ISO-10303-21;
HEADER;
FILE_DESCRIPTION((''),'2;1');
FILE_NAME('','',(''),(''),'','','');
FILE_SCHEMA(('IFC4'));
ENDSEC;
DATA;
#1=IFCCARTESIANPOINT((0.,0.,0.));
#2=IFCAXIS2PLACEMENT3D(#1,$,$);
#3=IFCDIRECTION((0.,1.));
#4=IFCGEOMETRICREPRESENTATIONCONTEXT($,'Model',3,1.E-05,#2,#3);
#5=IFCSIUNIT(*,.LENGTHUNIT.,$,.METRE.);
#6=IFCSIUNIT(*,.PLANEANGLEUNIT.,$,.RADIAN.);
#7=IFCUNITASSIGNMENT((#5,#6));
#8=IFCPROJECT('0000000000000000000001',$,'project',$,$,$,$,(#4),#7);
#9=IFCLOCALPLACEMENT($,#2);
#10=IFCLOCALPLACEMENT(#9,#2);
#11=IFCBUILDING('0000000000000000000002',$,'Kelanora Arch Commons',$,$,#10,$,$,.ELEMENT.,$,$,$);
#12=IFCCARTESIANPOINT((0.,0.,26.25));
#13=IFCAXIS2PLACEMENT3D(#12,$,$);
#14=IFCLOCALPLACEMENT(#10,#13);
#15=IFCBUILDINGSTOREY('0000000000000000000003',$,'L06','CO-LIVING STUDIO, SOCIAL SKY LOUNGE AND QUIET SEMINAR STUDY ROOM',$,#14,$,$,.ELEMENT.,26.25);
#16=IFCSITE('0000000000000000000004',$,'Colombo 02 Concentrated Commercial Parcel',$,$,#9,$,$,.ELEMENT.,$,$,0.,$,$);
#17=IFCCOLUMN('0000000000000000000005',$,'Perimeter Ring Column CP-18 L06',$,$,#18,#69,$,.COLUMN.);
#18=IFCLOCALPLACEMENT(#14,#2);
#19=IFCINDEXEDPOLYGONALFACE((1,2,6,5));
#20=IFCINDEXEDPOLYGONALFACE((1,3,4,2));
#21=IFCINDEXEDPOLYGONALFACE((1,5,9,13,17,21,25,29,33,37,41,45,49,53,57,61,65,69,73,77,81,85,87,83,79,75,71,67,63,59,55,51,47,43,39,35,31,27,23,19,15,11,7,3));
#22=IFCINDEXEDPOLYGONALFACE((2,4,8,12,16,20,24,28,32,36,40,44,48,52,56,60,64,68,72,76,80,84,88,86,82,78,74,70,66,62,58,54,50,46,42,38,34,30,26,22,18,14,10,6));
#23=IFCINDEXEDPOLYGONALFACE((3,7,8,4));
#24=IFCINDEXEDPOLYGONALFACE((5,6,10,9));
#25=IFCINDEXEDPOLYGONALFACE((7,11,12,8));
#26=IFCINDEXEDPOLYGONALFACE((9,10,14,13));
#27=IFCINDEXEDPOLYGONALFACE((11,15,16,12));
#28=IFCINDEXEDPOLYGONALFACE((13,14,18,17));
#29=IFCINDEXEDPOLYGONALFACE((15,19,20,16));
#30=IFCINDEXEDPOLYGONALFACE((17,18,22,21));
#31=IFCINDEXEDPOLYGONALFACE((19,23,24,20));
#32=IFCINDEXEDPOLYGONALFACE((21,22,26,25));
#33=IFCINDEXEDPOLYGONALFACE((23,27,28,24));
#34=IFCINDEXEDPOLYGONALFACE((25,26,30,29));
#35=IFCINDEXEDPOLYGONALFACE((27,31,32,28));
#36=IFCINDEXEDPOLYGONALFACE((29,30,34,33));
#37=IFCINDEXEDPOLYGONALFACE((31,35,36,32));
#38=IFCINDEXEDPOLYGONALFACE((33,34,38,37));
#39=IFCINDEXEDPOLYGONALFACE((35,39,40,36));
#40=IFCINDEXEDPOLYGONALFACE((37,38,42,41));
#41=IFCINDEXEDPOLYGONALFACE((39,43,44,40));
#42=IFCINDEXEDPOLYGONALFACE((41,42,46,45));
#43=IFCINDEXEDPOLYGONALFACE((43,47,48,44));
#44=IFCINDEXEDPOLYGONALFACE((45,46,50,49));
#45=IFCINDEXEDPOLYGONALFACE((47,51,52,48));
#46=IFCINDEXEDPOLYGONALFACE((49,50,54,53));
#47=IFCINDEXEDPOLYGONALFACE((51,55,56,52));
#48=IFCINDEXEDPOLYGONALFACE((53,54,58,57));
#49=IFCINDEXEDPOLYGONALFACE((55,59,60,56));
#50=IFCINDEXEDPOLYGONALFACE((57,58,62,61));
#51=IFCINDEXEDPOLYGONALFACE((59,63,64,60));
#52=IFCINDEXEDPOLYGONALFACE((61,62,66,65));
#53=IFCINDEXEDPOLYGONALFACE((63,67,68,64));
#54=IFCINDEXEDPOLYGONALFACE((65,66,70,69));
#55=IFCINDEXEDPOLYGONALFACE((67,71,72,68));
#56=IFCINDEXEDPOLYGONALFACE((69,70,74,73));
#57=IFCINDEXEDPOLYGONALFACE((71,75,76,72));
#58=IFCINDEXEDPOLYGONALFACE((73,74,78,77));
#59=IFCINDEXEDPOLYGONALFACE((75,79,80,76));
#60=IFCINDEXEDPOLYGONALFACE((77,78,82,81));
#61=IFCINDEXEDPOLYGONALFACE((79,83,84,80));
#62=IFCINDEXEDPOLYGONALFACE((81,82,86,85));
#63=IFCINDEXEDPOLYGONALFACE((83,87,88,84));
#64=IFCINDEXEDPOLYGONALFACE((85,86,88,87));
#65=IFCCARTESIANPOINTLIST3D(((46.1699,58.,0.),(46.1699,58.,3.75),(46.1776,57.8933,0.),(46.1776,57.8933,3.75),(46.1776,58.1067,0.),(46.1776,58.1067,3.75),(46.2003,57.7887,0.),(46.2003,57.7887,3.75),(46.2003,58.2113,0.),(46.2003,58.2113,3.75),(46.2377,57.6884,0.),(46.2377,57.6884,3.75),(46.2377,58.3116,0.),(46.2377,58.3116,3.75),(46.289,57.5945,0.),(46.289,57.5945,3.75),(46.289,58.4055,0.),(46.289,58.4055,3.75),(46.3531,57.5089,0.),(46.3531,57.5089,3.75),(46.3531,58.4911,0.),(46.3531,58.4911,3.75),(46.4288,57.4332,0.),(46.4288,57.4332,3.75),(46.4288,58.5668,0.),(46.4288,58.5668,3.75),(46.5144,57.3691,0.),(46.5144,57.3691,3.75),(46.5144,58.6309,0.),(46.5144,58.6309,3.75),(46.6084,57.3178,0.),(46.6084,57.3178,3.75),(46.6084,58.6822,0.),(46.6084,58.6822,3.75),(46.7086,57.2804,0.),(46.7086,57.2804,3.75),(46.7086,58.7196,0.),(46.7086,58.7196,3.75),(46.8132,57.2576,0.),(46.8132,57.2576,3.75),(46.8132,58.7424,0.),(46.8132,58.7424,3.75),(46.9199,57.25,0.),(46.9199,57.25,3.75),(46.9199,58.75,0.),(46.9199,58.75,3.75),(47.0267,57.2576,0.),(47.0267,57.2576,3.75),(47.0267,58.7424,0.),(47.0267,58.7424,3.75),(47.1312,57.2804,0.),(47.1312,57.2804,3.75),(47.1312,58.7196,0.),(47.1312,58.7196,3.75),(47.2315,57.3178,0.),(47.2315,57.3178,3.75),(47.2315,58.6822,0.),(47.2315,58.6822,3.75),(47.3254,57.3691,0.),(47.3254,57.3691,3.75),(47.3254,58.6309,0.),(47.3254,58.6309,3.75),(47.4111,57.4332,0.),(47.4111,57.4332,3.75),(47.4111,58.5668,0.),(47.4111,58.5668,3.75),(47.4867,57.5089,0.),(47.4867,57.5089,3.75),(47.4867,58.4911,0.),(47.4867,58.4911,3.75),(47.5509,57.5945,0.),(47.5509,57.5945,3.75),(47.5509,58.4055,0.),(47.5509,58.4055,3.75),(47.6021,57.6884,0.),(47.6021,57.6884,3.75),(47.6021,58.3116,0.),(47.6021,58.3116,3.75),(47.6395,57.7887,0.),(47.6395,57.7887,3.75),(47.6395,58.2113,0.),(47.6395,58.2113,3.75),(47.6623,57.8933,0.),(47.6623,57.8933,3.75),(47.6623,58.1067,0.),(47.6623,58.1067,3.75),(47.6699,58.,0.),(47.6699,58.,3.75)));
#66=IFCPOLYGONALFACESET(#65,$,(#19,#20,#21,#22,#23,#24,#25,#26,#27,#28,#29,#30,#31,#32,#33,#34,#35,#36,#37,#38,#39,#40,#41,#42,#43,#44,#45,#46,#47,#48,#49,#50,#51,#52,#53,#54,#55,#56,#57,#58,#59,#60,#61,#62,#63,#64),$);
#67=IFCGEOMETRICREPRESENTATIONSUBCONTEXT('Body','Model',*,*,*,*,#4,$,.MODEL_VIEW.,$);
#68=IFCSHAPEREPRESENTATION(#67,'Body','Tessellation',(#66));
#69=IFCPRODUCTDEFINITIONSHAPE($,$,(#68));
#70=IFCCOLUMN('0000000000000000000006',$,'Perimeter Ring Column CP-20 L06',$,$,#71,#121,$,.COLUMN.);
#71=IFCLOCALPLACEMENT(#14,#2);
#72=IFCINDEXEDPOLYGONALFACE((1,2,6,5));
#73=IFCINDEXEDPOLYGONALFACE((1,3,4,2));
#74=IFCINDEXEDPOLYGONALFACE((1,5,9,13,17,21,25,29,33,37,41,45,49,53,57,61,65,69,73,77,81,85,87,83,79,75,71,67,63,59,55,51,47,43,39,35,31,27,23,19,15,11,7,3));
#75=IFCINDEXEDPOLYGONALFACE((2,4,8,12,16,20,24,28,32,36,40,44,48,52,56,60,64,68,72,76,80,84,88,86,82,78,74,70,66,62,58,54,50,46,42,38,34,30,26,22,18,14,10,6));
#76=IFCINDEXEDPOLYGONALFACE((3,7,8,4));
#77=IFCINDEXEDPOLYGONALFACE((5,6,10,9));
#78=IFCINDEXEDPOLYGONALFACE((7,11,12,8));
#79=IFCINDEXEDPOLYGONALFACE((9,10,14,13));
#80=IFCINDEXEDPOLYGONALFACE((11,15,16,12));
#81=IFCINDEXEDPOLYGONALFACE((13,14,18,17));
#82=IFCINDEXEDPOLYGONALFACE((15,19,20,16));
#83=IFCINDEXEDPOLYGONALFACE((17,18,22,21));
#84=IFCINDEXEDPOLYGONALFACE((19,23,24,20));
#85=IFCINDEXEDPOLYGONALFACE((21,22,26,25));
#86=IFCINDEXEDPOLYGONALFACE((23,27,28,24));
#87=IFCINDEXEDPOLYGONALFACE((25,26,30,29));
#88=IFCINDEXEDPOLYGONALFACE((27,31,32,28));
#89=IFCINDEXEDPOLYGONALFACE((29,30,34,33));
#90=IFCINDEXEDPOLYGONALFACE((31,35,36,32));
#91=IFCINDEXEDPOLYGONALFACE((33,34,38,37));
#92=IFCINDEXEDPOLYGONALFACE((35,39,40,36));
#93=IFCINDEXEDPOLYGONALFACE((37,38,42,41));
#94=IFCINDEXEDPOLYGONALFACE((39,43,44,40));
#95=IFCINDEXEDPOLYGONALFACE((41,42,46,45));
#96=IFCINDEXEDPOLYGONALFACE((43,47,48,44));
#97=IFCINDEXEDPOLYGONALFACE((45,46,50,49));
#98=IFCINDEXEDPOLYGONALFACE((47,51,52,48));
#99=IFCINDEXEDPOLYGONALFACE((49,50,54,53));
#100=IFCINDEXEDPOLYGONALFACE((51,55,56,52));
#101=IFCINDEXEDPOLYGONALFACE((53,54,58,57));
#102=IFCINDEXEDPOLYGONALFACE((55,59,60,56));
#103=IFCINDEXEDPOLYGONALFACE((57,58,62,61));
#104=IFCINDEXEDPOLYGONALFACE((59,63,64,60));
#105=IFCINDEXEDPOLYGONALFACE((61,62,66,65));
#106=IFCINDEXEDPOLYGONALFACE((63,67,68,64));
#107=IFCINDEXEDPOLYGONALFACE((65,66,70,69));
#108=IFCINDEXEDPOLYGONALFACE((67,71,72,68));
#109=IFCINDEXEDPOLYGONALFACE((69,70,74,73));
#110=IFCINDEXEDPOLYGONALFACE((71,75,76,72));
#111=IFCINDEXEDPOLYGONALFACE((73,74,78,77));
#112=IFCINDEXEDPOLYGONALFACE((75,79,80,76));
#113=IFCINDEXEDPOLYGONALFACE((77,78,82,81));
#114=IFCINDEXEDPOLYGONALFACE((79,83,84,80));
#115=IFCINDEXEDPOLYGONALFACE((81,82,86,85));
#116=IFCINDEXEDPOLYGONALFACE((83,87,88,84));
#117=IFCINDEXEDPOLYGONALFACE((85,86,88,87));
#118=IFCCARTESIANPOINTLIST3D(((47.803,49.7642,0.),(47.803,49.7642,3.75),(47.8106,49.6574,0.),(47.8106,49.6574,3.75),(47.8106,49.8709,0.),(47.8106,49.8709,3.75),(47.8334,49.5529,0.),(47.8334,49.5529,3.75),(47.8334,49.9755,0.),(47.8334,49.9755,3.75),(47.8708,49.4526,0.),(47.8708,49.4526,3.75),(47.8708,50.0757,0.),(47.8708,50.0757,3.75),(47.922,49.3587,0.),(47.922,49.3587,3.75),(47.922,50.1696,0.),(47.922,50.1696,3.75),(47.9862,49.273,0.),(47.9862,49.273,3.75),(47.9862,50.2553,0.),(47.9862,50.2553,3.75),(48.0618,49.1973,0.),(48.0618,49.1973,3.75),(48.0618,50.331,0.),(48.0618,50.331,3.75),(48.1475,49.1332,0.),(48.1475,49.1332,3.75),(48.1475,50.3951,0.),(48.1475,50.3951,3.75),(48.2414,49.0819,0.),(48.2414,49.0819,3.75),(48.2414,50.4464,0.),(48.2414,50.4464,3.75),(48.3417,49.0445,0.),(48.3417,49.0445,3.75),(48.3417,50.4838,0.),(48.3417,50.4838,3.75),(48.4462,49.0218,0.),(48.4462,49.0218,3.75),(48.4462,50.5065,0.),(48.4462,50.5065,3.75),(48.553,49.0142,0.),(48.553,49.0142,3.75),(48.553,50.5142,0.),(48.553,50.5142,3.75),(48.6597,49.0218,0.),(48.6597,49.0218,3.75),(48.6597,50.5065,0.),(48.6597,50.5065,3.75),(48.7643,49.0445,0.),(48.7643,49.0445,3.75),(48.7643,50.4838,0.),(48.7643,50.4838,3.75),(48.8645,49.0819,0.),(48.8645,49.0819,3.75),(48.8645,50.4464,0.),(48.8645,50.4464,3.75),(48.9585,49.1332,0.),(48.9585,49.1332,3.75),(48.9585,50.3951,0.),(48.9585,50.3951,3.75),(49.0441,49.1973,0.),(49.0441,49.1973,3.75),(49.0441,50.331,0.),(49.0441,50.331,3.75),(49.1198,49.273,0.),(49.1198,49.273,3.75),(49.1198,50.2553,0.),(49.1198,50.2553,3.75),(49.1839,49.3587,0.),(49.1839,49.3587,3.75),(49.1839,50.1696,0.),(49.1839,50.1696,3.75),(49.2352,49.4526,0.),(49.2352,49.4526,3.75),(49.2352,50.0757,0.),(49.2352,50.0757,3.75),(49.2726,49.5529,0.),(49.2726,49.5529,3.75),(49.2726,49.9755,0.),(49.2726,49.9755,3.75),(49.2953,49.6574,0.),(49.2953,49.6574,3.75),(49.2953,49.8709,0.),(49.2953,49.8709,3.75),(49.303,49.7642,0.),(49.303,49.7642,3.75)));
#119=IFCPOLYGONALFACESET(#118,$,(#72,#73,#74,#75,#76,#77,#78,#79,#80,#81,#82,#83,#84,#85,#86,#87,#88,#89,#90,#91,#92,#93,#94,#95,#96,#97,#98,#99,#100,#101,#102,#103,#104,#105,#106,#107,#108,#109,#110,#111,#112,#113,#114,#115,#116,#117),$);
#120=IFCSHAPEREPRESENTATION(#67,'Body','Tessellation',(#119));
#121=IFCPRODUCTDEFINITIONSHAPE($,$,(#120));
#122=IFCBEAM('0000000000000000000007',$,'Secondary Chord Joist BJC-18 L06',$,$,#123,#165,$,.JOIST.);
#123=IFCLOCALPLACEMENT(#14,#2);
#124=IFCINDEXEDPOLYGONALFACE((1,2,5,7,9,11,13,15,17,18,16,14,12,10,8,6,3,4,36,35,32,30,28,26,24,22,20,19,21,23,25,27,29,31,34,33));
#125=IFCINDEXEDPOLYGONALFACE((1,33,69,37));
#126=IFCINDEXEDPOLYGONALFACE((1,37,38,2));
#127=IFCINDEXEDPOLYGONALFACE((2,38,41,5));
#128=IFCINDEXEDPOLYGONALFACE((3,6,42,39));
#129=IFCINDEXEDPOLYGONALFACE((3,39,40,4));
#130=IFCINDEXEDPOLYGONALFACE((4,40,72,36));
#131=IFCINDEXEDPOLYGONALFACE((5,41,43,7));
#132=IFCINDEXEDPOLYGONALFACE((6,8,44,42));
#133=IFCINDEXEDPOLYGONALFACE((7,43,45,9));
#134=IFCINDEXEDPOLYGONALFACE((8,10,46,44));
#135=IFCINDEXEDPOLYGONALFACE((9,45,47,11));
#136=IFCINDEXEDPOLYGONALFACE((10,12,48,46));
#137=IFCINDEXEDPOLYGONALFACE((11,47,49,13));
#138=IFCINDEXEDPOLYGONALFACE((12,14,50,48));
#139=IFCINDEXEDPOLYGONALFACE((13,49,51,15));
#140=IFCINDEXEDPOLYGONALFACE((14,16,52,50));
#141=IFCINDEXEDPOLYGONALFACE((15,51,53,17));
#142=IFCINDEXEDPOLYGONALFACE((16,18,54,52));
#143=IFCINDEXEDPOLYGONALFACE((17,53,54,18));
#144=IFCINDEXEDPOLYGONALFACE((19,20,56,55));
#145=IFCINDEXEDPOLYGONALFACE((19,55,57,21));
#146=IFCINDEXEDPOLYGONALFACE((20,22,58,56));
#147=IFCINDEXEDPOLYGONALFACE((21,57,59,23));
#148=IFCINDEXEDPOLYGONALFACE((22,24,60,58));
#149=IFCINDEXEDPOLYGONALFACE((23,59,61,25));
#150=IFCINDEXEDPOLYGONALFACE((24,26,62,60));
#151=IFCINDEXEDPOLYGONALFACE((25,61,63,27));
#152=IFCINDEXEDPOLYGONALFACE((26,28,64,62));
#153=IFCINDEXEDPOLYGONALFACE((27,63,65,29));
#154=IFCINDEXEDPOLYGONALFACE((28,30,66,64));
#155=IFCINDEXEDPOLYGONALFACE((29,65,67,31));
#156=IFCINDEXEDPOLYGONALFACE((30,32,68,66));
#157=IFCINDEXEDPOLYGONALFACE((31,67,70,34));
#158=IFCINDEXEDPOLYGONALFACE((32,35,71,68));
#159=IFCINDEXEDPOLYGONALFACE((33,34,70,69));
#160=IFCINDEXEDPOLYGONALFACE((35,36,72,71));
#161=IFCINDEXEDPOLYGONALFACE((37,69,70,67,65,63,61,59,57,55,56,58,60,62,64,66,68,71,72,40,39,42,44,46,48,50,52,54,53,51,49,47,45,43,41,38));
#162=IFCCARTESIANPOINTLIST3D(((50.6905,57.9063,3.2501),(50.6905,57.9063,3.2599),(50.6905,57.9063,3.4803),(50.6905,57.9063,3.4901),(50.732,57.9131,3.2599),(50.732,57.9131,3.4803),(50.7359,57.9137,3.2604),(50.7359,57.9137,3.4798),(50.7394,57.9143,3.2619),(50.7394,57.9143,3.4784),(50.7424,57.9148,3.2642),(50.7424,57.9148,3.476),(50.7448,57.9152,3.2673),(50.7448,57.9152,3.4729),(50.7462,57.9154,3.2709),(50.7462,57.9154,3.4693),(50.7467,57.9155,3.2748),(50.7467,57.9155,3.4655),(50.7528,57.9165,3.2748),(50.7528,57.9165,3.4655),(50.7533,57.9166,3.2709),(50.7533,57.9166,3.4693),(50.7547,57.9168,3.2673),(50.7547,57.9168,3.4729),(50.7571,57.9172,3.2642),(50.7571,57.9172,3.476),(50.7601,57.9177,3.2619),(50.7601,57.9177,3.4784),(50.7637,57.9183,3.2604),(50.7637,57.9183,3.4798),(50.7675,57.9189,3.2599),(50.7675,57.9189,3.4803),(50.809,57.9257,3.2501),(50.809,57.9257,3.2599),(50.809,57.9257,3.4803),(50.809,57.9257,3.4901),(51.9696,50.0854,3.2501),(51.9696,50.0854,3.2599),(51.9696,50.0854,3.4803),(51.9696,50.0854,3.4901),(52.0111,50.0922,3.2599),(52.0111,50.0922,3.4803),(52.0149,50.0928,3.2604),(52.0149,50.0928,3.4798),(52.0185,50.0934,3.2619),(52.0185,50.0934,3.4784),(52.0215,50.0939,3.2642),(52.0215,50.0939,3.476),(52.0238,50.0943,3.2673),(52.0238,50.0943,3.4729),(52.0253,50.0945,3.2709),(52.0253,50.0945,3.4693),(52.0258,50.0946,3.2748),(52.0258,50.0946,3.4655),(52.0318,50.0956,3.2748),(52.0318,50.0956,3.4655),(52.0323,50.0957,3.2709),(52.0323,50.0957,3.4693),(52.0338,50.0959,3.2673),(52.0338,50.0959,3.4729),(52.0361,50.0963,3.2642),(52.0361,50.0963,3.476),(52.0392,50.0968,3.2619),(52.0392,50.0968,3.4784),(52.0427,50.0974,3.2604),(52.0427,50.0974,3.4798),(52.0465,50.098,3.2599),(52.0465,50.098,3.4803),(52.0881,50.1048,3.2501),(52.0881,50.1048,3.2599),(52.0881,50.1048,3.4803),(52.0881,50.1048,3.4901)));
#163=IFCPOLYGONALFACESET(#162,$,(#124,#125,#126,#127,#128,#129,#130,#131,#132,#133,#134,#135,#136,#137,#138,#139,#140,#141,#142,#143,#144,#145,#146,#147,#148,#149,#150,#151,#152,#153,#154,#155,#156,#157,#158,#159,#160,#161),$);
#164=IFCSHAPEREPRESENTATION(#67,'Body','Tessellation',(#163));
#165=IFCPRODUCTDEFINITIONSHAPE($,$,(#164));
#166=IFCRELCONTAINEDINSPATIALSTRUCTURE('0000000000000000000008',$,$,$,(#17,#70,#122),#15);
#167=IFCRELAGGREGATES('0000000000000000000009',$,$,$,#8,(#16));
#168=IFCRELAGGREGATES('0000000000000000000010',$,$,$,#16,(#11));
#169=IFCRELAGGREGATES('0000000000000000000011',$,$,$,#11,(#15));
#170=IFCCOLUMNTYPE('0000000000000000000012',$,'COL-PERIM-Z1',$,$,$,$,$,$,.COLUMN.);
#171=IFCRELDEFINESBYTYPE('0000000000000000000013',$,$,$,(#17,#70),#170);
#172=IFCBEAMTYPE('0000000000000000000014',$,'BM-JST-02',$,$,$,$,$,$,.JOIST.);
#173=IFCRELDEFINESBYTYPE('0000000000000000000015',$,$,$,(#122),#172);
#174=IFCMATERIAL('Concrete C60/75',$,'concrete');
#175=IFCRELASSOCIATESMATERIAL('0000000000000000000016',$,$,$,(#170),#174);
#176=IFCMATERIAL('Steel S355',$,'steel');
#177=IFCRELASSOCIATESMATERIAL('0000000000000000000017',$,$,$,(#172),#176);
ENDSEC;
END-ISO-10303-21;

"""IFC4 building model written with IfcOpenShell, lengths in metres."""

from ifc_helpers import new_model, si_unit, direction, frame, origin, origin_2d, place, context, subcontext, project, spatial, circle, i_section, extrude, material, material_profile, profile_set, type_object, element, save


model = new_model("IFC4")

# Units and contexts
model_context = context("Model", 3, precision=1e-05, world=origin(), true_north=direction((0.0, 1.0)))
body_context = subcontext(model_context, "Body", "Model", "MODEL_VIEW")
ifc_project = project(units=[si_unit("LENGTHUNIT", "METRE"), si_unit("PLANEANGLEUNIT", "RADIAN")], contexts=[model_context])

# Site, building, storey
site_placement = place(None, origin())
site = spatial("IfcSite", under=ifc_project, at=site_placement, Name="Colombo 02 Concentrated Commercial Parcel", CompositionType="ELEMENT", RefElevation=0.0)
building_placement = place(site_placement, origin())
building = spatial("IfcBuilding", under=site, at=building_placement, Name="Kelanora Arch Commons", CompositionType="ELEMENT")
storey_placement = place(building_placement, frame((0.0, 0.0, 26.25)))
storey = spatial("IfcBuildingStorey", under=building, at=storey_placement, Name="L06", Description="CO-LIVING STUDIO, SOCIAL SKY LOUNGE AND QUIET SEMINAR STUDY ROOM", CompositionType="ELEMENT", Elevation=26.25)

# Columns
ifc_material_1 = material(Name="Concrete C60/75", Category="concrete")
ifc_material_profile_1 = material_profile(ifc_material_1, circle(Radius=0.75, at=origin_2d()), Name="RCC1500")
ifc_profile_set_1 = profile_set([ifc_material_profile_1], Name="Concrete C60/75")
column_type = type_object("IfcColumnType", Name="COL-PERIM-Z1", PredefinedType="COLUMN", material=ifc_profile_set_1)
for number, where, z_axis, x_axis, name in (
    (1, (46.9199, 58.0, 0.0), (0.0, 0.0, 1.0), (1.0, 0.0, 0.0), "Perimeter Ring Column CP-18 L06"),
    (2, (48.553, 49.7642, 0.0), (0.0, 0.0, 1.0), (1.0, 0.0, 0.0), "Perimeter Ring Column CP-20 L06"),
):
    element("IfcColumn", number, at=place(storey_placement, frame(where, z_axis=z_axis, x_axis=x_axis)), inside=storey, type_object=column_type, Name=name, PredefinedType="COLUMN", context=body_context, shape_type="SweptSolid", body=[
        extrude(circle(Radius=0.75, at=origin_2d()), origin(), (0.0, 0.0, 1.0), 3.75),
    ])

# Beam
ifc_material_2 = material(Name="Steel S355", Category="steel")
ifc_material_profile_2 = material_profile(ifc_material_2, i_section(OverallWidth=0.1201, OverallDepth=0.24, WebThickness=0.0061, FlangeThickness=0.0098, FilletRadius=0.0149, at=origin_2d()), Name="IPE240")
ifc_profile_set_2 = profile_set([ifc_material_profile_2], Name="Steel S355")
beam_type_1 = type_object("IfcBeamType", Name="BM-JST-02", PredefinedType="JOIST", material=ifc_profile_set_2)
beam_1_placement = place(storey_placement, frame((50.7498, 57.916, 3.3701), z_axis=(0.161401, -0.986889, 0.0), x_axis=(0.986889, 0.161401, 0.0)))
element("IfcBeam", 3, at=beam_1_placement, inside=storey, type_object=beam_type_1, Name="Secondary Chord Joist BJC-18 L06", PredefinedType="JOIST", context=body_context, shape_type="SweptSolid", body=[
    extrude(i_section(OverallWidth=0.1201, OverallDepth=0.24, WebThickness=0.0061, FlangeThickness=0.0098, FilletRadius=0.0149, at=origin_2d()), origin(), (0.0, 0.0, 1.0), 7.9248),
])

save(model, "model.ifc")
